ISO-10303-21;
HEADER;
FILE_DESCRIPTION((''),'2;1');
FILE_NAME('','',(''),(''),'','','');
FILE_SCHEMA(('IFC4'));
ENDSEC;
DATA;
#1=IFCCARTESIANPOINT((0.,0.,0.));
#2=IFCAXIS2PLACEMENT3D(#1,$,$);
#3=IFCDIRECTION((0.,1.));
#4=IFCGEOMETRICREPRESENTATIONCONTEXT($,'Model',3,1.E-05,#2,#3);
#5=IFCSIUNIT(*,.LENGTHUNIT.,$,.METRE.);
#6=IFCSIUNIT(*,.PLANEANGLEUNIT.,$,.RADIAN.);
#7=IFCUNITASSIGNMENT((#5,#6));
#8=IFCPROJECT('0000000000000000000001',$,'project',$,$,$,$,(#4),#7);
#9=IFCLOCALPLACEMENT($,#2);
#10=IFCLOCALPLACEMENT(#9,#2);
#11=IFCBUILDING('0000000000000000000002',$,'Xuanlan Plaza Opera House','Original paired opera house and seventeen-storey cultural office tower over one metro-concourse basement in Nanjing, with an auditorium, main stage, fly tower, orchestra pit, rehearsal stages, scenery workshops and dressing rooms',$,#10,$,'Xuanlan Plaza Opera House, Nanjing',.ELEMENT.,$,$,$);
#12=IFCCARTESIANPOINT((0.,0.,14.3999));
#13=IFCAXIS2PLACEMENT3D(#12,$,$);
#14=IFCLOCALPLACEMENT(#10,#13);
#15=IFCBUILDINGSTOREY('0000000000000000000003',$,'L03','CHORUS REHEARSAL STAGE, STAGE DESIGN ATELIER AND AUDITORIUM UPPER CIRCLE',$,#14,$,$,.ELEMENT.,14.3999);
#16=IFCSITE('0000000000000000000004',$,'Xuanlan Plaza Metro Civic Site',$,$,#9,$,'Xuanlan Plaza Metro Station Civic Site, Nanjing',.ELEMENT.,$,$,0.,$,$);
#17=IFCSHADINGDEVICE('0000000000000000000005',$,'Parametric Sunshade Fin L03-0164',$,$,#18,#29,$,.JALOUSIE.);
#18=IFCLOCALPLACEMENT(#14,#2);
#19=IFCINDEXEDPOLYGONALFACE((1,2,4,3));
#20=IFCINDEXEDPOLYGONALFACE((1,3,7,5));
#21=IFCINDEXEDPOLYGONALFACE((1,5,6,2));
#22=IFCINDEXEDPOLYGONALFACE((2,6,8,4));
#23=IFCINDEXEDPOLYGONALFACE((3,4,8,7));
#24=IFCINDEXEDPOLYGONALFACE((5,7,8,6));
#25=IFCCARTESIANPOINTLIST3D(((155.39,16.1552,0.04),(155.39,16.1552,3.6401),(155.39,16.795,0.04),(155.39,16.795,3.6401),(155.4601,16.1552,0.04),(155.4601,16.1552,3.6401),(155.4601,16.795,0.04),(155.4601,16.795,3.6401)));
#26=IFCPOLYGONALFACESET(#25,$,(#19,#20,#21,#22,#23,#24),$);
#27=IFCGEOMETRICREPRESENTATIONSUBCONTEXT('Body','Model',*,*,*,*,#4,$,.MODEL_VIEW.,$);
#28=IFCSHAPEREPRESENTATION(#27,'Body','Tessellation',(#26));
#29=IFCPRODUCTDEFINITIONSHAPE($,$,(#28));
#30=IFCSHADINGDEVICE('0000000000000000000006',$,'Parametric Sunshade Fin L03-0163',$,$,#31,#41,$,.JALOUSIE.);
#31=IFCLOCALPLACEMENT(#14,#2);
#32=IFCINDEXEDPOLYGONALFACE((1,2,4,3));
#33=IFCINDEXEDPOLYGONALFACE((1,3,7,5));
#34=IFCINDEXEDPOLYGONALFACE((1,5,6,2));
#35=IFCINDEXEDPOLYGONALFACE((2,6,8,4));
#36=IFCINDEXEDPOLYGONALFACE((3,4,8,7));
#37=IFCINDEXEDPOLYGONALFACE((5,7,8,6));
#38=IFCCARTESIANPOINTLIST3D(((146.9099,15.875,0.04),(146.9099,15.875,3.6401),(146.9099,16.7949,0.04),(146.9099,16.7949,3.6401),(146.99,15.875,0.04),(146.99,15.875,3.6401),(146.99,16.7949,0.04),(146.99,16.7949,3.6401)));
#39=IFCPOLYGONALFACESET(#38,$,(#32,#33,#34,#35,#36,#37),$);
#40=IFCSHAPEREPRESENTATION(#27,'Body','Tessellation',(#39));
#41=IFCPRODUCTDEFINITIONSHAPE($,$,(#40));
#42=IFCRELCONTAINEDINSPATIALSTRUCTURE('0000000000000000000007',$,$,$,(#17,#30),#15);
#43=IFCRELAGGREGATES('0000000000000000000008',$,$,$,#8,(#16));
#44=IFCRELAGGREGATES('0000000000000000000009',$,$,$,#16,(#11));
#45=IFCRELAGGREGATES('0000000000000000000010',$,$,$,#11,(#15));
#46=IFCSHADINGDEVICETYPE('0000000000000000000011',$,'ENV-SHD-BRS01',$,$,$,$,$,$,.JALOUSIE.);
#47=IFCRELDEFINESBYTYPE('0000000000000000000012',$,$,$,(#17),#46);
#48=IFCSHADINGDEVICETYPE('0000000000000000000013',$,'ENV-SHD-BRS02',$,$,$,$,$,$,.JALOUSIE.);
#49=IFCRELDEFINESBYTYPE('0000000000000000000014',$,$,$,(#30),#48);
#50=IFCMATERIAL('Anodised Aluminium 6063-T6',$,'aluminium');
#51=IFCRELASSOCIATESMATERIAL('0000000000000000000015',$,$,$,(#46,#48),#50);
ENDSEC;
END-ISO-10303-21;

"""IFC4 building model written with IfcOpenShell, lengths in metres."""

from ifc_helpers import new_model, si_unit, direction, frame, origin, origin_2d, place, context, subcontext, project, spatial, rectangle, extrude, material, type_object, element, save


model = new_model("IFC4")

# Units and contexts
model_context = context("Model", 3, precision=1e-05, world=origin(), true_north=direction((0.0, 1.0)))
body_context = subcontext(model_context, "Body", "Model", "MODEL_VIEW")
ifc_project = project(units=[si_unit("LENGTHUNIT", "METRE"), si_unit("PLANEANGLEUNIT", "RADIAN")], contexts=[model_context])

# Site, building, storey
site_placement = place(None, origin())
site = spatial("IfcSite", under=ifc_project, at=site_placement, Name="Xuanlan Plaza Metro Civic Site", LongName="Xuanlan Plaza Metro Station Civic Site, Nanjing", CompositionType="ELEMENT", RefElevation=0.0)
building_placement = place(site_placement, origin())
building = spatial("IfcBuilding", under=site, at=building_placement, Name="Xuanlan Plaza Opera House", Description="Original paired opera house and seventeen-storey cultural office tower over one metro-concourse basement in Nanjing, with an auditorium, main stage, fly tower, orchestra pit, rehearsal stages, scenery workshops and dressing rooms", LongName="Xuanlan Plaza Opera House, Nanjing", CompositionType="ELEMENT")
storey_placement = place(building_placement, frame((0.0, 0.0, 14.3999)))
storey = spatial("IfcBuildingStorey", under=building, at=storey_placement, Name="L03", Description="CHORUS REHEARSAL STAGE, STAGE DESIGN ATELIER AND AUDITORIUM UPPER CIRCLE", CompositionType="ELEMENT", Elevation=14.3999)

# Shared definitions
ifc_material_1 = material(Name="Anodised Aluminium 6063-T6", Category="aluminium")

# Shading devices
shading_device_type_1 = type_object("IfcShadingDeviceType", Name="ENV-SHD-BRS01", PredefinedType="JALOUSIE", material=ifc_material_1)
shading_device_1_placement = place(storey_placement, frame((155.425, 16.4751, 0.04), z_axis=(0.0, 0.0, 1.0), x_axis=(0.0, -1.0, 0.0)))
element("IfcShadingDevice", 1, at=shading_device_1_placement, inside=storey, type_object=shading_device_type_1, Name="Parametric Sunshade Fin L03-0164", PredefinedType="JALOUSIE", context=body_context, shape_type="SweptSolid", body=[
    extrude(rectangle(XDim=0.6399, YDim=0.0701, at=origin_2d()), origin(), (0.0, 0.0, 1.0), 3.6001),
])
shading_device_type_2 = type_object("IfcShadingDeviceType", Name="ENV-SHD-BRS02", PredefinedType="JALOUSIE", material=ifc_material_1)
shading_device_2_placement = place(storey_placement, frame((146.95, 16.335, 0.04), z_axis=(0.0, 0.0, 1.0), x_axis=(0.0, -1.0, 0.0)))
element("IfcShadingDevice", 2, at=shading_device_2_placement, inside=storey, type_object=shading_device_type_2, Name="Parametric Sunshade Fin L03-0163", PredefinedType="JALOUSIE", context=body_context, shape_type="SweptSolid", body=[
    extrude(rectangle(XDim=0.9199, YDim=0.0801, at=origin_2d()), origin(), (0.0, 0.0, 1.0), 3.6001),
])

save(model, "model.ifc")
